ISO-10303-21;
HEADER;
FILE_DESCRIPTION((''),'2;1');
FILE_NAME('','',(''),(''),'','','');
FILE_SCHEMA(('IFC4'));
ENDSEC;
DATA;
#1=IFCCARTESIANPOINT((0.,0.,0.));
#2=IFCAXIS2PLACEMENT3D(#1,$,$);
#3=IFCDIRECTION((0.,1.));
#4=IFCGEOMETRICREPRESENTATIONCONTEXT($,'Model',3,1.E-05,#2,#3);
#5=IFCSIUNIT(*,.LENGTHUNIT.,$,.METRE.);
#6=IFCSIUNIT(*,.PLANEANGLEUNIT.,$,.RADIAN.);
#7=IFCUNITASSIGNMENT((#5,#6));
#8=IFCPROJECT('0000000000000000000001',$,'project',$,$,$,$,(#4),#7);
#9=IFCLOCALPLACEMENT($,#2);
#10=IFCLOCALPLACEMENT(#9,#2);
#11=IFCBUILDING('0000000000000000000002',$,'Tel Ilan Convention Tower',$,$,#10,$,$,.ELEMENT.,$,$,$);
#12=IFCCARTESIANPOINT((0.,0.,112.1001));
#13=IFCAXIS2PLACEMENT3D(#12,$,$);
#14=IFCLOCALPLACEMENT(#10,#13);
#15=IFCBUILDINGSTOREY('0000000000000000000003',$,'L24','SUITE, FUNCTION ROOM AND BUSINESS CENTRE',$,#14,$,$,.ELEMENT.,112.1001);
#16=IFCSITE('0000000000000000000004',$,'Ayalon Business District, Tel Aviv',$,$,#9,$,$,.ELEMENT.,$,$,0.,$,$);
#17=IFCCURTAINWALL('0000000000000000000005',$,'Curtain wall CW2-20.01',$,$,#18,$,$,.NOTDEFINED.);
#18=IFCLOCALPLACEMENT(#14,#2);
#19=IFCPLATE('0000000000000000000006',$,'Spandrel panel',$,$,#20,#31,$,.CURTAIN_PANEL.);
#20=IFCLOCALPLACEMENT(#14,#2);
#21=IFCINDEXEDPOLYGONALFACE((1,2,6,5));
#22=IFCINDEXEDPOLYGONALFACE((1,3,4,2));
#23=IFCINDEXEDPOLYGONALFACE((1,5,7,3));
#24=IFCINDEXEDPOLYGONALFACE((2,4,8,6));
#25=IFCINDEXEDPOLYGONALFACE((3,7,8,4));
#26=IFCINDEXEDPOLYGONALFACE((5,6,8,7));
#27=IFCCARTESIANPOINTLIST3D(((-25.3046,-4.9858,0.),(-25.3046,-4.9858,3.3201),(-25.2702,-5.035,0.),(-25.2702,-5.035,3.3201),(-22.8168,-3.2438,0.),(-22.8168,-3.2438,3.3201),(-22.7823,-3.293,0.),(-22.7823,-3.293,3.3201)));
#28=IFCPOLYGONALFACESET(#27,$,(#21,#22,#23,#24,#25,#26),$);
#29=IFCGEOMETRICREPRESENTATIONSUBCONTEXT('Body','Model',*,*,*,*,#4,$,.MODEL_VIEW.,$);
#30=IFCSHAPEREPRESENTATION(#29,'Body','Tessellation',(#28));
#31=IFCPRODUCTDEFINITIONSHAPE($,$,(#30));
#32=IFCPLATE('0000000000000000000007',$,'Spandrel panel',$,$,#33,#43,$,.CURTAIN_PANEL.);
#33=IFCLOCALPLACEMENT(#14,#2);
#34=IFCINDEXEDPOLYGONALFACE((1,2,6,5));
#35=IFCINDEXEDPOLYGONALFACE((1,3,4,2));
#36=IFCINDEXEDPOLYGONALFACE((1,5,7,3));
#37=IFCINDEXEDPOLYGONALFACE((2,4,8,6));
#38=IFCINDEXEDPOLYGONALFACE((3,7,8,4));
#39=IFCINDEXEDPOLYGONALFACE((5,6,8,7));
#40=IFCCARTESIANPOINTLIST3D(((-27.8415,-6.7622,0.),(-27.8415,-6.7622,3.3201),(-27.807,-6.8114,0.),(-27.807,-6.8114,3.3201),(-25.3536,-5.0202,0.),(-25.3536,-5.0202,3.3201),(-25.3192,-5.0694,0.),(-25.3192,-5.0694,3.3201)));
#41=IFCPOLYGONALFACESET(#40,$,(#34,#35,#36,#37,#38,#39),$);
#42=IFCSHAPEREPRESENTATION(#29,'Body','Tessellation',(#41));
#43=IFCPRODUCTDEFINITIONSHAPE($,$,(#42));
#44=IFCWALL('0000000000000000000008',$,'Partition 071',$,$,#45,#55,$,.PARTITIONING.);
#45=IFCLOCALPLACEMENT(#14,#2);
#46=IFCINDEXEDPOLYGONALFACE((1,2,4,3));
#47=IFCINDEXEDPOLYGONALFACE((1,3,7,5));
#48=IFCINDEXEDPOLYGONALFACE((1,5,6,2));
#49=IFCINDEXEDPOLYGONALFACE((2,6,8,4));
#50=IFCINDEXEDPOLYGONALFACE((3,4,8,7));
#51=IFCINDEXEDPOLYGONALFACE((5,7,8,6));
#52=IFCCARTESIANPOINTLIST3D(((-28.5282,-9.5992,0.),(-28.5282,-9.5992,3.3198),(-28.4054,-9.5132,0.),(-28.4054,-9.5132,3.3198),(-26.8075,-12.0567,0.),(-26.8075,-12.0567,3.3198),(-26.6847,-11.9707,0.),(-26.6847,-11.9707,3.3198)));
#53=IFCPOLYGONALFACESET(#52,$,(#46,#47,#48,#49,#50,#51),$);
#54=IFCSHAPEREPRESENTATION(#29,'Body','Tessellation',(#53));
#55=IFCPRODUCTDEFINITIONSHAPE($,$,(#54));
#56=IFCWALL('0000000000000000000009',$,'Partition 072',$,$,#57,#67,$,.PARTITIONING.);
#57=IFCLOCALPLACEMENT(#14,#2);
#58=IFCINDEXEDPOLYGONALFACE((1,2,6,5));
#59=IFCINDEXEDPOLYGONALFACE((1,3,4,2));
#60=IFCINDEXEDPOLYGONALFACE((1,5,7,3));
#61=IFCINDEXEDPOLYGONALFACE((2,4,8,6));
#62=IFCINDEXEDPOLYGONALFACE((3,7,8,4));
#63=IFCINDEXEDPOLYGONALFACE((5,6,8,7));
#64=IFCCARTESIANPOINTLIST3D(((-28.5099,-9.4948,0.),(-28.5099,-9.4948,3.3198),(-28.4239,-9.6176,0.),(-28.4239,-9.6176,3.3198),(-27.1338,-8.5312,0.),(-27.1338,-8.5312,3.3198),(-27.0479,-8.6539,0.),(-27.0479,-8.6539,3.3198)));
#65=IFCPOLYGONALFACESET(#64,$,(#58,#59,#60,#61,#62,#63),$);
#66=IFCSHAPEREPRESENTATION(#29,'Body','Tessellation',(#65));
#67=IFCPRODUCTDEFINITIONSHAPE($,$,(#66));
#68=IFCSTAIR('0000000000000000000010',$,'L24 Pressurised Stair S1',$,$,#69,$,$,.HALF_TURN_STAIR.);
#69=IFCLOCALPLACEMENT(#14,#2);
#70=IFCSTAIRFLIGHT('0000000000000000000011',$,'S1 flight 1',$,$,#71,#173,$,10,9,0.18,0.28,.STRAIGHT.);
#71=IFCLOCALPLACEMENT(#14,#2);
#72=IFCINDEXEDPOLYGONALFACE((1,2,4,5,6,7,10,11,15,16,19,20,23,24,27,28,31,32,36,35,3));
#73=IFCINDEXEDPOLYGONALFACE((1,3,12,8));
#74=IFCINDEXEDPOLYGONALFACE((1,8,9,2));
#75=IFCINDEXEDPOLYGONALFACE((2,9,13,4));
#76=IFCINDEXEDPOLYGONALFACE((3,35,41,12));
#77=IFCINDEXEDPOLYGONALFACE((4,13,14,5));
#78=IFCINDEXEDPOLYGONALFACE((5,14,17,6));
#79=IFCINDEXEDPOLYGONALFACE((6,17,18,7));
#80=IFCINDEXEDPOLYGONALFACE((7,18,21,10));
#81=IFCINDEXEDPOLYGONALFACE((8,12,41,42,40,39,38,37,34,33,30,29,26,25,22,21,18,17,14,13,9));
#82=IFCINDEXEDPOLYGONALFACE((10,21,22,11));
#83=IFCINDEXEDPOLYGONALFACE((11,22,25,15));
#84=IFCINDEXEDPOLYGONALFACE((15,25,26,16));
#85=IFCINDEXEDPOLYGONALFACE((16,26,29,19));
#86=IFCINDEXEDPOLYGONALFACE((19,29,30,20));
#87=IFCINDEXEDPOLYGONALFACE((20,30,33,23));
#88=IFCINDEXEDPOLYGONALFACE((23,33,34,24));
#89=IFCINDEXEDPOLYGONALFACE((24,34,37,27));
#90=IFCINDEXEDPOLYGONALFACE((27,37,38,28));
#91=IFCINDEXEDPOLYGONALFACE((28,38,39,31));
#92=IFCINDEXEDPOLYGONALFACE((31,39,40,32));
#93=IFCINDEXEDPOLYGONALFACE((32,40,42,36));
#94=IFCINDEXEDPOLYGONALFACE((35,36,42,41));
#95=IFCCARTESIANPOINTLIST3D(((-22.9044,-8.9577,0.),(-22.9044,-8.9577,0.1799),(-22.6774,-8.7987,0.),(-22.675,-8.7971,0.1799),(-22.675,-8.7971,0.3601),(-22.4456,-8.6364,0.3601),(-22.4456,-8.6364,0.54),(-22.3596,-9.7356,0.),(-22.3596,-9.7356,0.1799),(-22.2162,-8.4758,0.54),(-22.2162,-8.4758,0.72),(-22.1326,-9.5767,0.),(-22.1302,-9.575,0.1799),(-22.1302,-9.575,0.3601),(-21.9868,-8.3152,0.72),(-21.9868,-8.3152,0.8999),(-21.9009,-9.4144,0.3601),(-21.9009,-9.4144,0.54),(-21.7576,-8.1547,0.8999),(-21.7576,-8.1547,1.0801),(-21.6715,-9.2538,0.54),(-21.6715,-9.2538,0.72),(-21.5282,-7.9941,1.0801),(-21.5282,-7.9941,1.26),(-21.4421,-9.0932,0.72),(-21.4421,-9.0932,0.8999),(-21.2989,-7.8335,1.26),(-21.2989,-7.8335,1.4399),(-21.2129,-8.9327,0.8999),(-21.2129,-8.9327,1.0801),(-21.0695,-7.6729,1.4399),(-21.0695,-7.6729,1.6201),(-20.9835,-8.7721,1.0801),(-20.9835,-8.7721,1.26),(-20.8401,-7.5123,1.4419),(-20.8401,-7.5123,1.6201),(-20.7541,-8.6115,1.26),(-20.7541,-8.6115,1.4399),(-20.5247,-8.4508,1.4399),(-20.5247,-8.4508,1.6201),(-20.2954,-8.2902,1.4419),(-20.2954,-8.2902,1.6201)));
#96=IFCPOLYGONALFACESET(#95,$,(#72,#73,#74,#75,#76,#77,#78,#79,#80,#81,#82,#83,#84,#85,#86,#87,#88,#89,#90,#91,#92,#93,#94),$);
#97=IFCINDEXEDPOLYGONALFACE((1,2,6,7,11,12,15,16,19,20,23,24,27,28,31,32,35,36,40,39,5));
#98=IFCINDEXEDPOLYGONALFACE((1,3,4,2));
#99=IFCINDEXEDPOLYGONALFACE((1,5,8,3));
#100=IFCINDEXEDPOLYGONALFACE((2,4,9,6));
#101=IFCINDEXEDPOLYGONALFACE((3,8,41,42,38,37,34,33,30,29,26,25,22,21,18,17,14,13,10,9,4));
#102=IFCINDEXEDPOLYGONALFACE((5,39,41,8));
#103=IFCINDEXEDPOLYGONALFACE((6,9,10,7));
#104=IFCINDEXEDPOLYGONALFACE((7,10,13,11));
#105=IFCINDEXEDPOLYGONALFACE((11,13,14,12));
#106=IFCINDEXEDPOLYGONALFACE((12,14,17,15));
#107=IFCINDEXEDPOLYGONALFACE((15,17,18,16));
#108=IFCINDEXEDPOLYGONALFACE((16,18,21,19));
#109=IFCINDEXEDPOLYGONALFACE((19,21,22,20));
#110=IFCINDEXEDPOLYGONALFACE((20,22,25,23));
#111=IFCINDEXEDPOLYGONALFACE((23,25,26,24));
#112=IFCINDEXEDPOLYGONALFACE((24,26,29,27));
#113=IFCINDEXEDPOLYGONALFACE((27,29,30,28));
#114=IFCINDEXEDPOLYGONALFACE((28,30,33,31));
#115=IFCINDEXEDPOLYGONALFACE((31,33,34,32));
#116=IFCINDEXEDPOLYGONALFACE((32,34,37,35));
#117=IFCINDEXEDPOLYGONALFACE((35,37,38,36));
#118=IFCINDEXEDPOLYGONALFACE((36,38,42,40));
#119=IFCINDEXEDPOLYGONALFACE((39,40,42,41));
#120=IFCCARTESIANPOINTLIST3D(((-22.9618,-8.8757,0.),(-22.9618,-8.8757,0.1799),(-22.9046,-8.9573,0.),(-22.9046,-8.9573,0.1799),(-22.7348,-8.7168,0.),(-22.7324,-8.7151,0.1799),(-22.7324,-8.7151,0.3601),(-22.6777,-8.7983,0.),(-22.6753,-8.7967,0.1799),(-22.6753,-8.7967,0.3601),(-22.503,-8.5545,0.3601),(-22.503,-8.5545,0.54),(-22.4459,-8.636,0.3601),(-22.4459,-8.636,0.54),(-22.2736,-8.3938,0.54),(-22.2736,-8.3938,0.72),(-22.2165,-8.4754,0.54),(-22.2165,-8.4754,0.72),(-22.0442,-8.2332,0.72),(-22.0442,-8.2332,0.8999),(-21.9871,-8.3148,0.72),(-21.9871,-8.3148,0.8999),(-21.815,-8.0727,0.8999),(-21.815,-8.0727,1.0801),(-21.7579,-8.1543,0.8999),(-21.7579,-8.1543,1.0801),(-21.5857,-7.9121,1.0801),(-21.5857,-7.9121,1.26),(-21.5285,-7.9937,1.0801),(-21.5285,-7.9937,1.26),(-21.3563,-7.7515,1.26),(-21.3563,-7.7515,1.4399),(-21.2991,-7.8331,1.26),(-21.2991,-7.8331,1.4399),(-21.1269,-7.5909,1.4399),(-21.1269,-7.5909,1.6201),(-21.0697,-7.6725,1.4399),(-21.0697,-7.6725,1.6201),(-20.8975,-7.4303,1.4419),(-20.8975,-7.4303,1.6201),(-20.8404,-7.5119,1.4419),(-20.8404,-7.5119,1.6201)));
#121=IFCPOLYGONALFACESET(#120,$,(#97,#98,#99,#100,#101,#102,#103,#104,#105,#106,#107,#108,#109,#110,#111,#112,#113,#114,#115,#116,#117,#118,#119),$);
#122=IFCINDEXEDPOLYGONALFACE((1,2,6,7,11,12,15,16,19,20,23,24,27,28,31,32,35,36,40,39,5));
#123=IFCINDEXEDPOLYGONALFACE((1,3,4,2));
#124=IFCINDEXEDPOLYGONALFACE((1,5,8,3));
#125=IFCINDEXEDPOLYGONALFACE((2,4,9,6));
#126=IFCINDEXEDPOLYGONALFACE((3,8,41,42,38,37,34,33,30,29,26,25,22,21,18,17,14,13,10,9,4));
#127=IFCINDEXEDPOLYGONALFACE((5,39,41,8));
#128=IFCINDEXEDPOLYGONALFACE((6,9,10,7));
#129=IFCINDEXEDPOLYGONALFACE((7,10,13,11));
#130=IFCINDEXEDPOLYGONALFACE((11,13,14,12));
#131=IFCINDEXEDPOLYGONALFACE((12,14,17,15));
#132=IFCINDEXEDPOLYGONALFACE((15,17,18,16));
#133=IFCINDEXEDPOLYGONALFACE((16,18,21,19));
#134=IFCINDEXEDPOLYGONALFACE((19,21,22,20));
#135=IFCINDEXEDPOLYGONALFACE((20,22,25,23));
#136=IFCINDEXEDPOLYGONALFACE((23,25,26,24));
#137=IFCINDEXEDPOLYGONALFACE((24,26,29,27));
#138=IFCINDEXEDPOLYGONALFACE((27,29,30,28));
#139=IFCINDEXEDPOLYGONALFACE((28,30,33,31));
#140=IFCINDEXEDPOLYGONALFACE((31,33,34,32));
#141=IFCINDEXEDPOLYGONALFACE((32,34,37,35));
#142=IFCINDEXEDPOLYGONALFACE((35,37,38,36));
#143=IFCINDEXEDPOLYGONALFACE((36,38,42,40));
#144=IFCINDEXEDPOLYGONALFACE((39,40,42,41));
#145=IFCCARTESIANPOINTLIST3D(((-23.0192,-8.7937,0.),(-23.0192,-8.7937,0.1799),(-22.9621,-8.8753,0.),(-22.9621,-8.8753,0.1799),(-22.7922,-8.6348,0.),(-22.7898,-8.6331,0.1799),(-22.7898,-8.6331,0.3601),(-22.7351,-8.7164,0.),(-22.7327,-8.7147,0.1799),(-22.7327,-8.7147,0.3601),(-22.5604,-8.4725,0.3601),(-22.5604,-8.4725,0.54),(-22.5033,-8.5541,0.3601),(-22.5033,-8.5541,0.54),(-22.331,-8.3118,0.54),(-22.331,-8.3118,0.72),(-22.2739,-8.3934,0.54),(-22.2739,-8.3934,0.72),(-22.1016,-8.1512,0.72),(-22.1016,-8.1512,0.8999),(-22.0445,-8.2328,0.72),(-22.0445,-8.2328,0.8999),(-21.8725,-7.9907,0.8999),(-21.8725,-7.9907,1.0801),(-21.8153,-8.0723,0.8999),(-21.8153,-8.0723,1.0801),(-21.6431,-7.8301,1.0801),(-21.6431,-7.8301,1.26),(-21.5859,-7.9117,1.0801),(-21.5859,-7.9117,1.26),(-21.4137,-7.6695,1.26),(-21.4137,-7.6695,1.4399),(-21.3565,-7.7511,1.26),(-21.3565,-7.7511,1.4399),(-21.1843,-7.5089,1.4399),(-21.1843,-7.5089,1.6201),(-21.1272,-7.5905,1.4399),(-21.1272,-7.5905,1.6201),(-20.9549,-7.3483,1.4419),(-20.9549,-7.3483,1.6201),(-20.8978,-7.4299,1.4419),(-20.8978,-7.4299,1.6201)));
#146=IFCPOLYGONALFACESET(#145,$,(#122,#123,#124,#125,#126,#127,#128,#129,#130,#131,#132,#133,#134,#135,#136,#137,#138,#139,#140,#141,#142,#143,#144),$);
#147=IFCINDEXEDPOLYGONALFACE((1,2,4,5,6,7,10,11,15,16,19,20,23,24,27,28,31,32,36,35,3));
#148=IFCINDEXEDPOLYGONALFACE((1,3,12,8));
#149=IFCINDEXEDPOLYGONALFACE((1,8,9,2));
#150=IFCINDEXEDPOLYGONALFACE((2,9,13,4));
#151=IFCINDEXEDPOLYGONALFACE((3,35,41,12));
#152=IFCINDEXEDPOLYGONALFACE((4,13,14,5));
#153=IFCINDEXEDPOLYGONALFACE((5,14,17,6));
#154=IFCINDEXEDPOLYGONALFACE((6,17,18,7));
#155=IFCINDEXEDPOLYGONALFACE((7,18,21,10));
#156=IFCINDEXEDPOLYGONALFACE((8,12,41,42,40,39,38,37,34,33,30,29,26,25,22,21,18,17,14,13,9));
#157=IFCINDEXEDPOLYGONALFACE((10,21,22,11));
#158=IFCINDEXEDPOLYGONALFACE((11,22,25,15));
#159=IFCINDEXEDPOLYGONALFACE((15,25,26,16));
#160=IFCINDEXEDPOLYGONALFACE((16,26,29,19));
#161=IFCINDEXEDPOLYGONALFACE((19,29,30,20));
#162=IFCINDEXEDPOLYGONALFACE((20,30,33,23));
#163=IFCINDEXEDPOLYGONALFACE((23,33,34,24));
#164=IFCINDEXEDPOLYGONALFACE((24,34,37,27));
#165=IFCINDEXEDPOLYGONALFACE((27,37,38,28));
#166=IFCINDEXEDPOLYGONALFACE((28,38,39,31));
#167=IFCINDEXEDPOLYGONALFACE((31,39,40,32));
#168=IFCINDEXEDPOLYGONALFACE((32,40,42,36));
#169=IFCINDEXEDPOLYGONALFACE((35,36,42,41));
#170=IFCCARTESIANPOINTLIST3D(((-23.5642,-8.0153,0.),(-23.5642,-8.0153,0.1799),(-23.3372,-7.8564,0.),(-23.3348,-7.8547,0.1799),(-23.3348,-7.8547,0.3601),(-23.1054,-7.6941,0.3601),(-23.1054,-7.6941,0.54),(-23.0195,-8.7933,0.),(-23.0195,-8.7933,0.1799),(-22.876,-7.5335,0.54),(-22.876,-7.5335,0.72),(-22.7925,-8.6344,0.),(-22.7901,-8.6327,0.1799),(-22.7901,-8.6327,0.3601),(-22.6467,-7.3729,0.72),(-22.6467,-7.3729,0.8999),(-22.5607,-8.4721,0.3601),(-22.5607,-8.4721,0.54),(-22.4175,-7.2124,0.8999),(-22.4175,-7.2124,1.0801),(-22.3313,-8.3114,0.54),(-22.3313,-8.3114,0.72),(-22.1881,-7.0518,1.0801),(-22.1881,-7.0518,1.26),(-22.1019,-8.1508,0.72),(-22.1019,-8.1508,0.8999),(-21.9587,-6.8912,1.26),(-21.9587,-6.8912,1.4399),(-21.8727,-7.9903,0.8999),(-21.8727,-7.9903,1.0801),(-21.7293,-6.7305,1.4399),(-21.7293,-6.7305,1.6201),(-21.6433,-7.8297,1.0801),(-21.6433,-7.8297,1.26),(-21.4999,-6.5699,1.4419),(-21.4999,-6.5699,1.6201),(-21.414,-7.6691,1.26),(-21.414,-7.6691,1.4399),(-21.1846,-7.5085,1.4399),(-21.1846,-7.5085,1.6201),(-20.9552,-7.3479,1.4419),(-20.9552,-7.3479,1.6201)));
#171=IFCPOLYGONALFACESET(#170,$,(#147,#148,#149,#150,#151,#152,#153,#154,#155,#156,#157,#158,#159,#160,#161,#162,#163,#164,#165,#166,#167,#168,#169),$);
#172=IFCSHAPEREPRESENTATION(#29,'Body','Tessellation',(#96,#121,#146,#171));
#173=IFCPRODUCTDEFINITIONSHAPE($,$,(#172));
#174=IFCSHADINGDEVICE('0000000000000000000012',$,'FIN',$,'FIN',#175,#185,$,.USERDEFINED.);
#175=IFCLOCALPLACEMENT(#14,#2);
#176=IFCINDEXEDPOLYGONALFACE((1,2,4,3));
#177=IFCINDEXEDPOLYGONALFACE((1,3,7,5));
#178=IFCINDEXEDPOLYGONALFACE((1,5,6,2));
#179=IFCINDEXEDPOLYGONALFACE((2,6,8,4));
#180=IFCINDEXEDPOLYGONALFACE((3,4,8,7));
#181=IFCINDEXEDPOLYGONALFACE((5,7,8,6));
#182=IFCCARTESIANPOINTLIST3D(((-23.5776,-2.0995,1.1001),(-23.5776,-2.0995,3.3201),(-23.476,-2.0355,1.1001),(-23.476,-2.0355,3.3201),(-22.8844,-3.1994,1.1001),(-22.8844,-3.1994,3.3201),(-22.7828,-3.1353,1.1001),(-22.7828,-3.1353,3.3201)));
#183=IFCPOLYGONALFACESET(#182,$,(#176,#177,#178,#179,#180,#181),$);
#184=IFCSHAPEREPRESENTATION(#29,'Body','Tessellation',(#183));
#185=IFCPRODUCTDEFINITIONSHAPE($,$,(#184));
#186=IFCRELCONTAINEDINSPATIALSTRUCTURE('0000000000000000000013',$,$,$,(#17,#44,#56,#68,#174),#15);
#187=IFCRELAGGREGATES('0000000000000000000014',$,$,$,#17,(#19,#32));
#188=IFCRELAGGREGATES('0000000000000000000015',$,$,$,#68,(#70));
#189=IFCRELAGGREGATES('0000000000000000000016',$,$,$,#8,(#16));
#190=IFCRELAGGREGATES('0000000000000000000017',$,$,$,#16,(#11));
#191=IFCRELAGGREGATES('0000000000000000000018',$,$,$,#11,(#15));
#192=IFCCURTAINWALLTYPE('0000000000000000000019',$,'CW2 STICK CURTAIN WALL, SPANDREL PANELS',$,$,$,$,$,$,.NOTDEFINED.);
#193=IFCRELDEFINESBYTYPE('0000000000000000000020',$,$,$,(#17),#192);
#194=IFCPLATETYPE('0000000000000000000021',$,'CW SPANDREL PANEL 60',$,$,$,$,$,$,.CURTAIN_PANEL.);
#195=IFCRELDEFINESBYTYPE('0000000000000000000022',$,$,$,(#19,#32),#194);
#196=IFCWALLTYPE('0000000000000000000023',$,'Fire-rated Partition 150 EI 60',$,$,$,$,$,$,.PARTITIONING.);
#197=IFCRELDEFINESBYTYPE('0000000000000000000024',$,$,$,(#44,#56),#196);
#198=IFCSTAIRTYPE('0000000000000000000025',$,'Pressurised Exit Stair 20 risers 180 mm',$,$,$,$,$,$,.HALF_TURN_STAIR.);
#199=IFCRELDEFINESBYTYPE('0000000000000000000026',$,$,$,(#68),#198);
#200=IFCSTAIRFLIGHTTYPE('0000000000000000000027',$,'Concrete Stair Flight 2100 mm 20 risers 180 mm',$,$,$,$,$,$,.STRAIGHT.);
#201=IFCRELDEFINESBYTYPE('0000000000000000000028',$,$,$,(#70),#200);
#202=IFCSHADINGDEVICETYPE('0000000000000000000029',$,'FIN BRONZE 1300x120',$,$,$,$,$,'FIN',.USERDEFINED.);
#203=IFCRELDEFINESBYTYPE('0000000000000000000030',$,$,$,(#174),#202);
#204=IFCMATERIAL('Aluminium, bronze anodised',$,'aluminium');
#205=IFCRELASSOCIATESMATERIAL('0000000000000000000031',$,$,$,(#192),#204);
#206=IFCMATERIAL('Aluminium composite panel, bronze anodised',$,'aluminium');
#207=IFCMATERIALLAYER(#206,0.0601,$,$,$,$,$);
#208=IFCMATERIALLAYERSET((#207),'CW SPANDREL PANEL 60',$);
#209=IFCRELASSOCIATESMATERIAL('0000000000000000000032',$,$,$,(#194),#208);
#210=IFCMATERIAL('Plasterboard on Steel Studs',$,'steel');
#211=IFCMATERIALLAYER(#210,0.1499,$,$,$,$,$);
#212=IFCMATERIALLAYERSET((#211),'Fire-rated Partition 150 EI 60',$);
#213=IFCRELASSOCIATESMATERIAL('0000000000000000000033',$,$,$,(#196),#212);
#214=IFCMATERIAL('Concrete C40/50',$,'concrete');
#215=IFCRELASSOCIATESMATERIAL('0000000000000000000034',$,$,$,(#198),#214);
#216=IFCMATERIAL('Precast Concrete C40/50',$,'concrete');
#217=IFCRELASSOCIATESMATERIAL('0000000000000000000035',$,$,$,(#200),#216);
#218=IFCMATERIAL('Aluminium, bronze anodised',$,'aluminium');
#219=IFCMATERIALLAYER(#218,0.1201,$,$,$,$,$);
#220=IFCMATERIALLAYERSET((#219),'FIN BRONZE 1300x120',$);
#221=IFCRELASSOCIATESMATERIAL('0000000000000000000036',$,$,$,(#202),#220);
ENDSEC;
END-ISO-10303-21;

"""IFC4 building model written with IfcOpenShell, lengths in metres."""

from ifc_helpers import new_model, si_unit, direction, frame, frame_2d, origin, origin_2d, place, context, subcontext, project, spatial, polyline, rectangle, outline, extrude, material, layer, layer_set, type_object, element, aggregate, save


model = new_model("IFC4")

# Units and contexts
model_context = context("Model", 3, precision=1e-05, world=origin(), true_north=direction((0.0, 1.0)))
body_context = subcontext(model_context, "Body", "Model", "MODEL_VIEW")
ifc_project = project(units=[si_unit("LENGTHUNIT", "METRE"), si_unit("PLANEANGLEUNIT", "RADIAN")], contexts=[model_context])

# Site, building, storey
site_placement = place(None, origin())
site = spatial("IfcSite", under=ifc_project, at=site_placement, Name="Ayalon Business District, Tel Aviv", CompositionType="ELEMENT", RefElevation=0.0)
building_placement = place(site_placement, origin())
building = spatial("IfcBuilding", under=site, at=building_placement, Name="Tel Ilan Convention Tower", CompositionType="ELEMENT")
storey_placement = place(building_placement, frame((0.0, 0.0, 112.1001)))
storey = spatial("IfcBuildingStorey", under=building, at=storey_placement, Name="L24", Description="SUITE, FUNCTION ROOM AND BUSINESS CENTRE", CompositionType="ELEMENT", Elevation=112.1001)

# Curtain wall
ifc_material_1 = material(Name="Aluminium, bronze anodised", Category="aluminium")
curtain_wall_type_1 = type_object("IfcCurtainWallType", Name="CW2 STICK CURTAIN WALL, SPANDREL PANELS", PredefinedType="NOTDEFINED", material=ifc_material_1)
curtain_wall_1_placement = place(storey_placement, origin())
curtain_wall_1 = element("IfcCurtainWall", 1, at=curtain_wall_1_placement, inside=storey, type_object=curtain_wall_type_1, Name="Curtain wall CW2-20.01", PredefinedType="NOTDEFINED")

# Plates
ifc_material_2 = material(Name="Aluminium composite panel, bronze anodised", Category="aluminium")
ifc_layer_1 = layer(ifc_material_2, 0.0601)
ifc_layer_set_1 = layer_set([ifc_layer_1], Name="CW SPANDREL PANEL 60")
plate_type_1 = type_object("IfcPlateType", Name="CW SPANDREL PANEL 60", PredefinedType="CURTAIN_PANEL", material=ifc_layer_set_1)
plate_1_placement = place(storey_placement, frame((-24.0435, -4.1394, 0.0), z_axis=(0.0, 0.0, 1.0), x_axis=(-0.819152, -0.573576, 0.0)))
plate_1 = element("IfcPlate", 2, at=plate_1_placement, type_object=plate_type_1, Name="Spandrel panel", PredefinedType="CURTAIN_PANEL", context=body_context, shape_type="SweptSolid", body=[
    extrude(rectangle(XDim=3.0371, YDim=0.0601, at=origin_2d()), origin(), (0.0, 0.0, 1.0), 3.3201),
])
plate_2_placement = place(storey_placement, frame((-26.5803, -5.9158, 0.0), z_axis=(0.0, 0.0, 1.0), x_axis=(-0.819152, -0.573576, 0.0)))
plate_2 = element("IfcPlate", 3, at=plate_2_placement, type_object=plate_type_1, Name="Spandrel panel", PredefinedType="CURTAIN_PANEL", context=body_context, shape_type="SweptSolid", body=[
    extrude(rectangle(XDim=3.0371, YDim=0.0601, at=origin_2d()), origin(), (0.0, 0.0, 1.0), 3.3201),
])
aggregate(curtain_wall_1, [plate_1, plate_2])

# Walls
ifc_material_3 = material(Name="Plasterboard on Steel Studs", Category="steel")
ifc_layer_2 = layer(ifc_material_3, 0.1499)
ifc_layer_set_2 = layer_set([ifc_layer_2], Name="Fire-rated Partition 150 EI 60")
wall_type = type_object("IfcWallType", Name="Fire-rated Partition 150 EI 60", PredefinedType="PARTITIONING", material=ifc_layer_set_2)
wall_1_placement = place(storey_placement, frame((-26.7461, -12.0137, 0.0), z_axis=(0.0, 0.0, 1.0), x_axis=(-0.573561, 0.819163, 0.0)))
element("IfcWall", 4, at=wall_1_placement, inside=storey, type_object=wall_type, Name="Partition 071", PredefinedType="PARTITIONING", context=body_context, shape_type="SweptSolid", body=[
    extrude(rectangle(XDim=3.0, YDim=0.1499, at=frame_2d((1.5, 0.0))), origin(), (0.0, 0.0, 1.0), 3.3198),
])
wall_2_placement = place(storey_placement, frame((-28.4668, -9.5562, 0.0), z_axis=(0.0, 0.0, 1.0), x_axis=(0.819109, 0.573638, 0.0)))
element("IfcWall", 5, at=wall_2_placement, inside=storey, type_object=wall_type, Name="Partition 072", PredefinedType="PARTITIONING", context=body_context, shape_type="SweptSolid", body=[
    extrude(rectangle(XDim=1.6799, YDim=0.1499, at=frame_2d((0.8398, 0.0))), origin(), (0.0, 0.0, 1.0), 3.3198),
])

# Stair, stair flight
ifc_material_4 = material(Name="Concrete C40/50", Category="concrete")
stair_type = type_object("IfcStairType", Name="Pressurised Exit Stair 20 risers 180 mm", PredefinedType="HALF_TURN_STAIR", material=ifc_material_4)
stair_placement = place(storey_placement, origin())
stair = element("IfcStair", 6, at=stair_placement, inside=storey, type_object=stair_type, Name="L24 Pressurised Stair S1", PredefinedType="HALF_TURN_STAIR")
ifc_material_5 = material(Name="Precast Concrete C40/50", Category="concrete")
stair_flight_type = type_object("IfcStairFlightType", Name="Concrete Stair Flight 2100 mm 20 risers 180 mm", PredefinedType="STRAIGHT", material=ifc_material_5)
stair_flight_placement = place(storey_placement, frame((-22.9619, -8.8755, 0.0), z_axis=(0.0, 0.0, 1.0), x_axis=(0.819152, 0.573576, 0.0)))
stair_flight = element("IfcStairFlight", 7, at=stair_flight_placement, type_object=stair_flight_type, Name="S1 flight 1", NumberOfRisers=10, NumberOfTreads=9, PredefinedType="STRAIGHT", RiserHeight=0.18, TreadLength=0.28, context=body_context, shape_type="SweptSolid", body=[
    extrude(outline(polyline([(0.0, 0.0), (0.0, 0.1799), (0.28, 0.1799), (0.28, 0.3601), (0.5601, 0.3601), (0.5601, 0.54), (0.8401, 0.54), (0.8401, 0.72), (1.1201, 0.72), (1.1201, 0.8999), (1.3999, 0.8999), (1.3999, 1.0801), (1.6799, 1.0801), (1.6799, 1.26), (1.96, 1.26), (1.96, 1.4399), (2.24, 1.4399), (2.24, 1.6201), (2.52, 1.6201), (2.52, 1.8), (2.52, 1.4419), (0.2771, 0.0), (0.0, 0.0)])), frame((0.0, -0.1003, 0.0), z_axis=(0.0, -1.0, 0.0), x_axis=(1.0, 0.0, 0.0)), (0.0, 0.0, 1.0), 0.9497),
    extrude(outline(polyline([(0.0, 0.0), (0.0, 0.1799), (0.28, 0.1799), (0.28, 0.3601), (0.5601, 0.3601), (0.5601, 0.54), (0.8401, 0.54), (0.8401, 0.72), (1.1201, 0.72), (1.1201, 0.8999), (1.3999, 0.8999), (1.3999, 1.0801), (1.6799, 1.0801), (1.6799, 1.26), (1.96, 1.26), (1.96, 1.4399), (2.24, 1.4399), (2.24, 1.6201), (2.52, 1.6201), (2.52, 1.8), (2.52, 1.4419), (0.2771, 0.0), (0.0, 0.0)])), frame((0.0, -0.0002, 0.0), z_axis=(0.0, -1.0, 0.0), x_axis=(1.0, 0.0, 0.0)), (0.0, 0.0, 1.0), 0.0996),
    extrude(outline(polyline([(0.0, 0.0), (0.0, 0.1799), (0.28, 0.1799), (0.28, 0.3601), (0.5601, 0.3601), (0.5601, 0.54), (0.8401, 0.54), (0.8401, 0.72), (1.1201, 0.72), (1.1201, 0.8999), (1.3999, 0.8999), (1.3999, 1.0801), (1.6799, 1.0801), (1.6799, 1.26), (1.96, 1.26), (1.96, 1.4399), (2.24, 1.4399), (2.24, 1.6201), (2.52, 1.6201), (2.52, 1.8), (2.52, 1.4419), (0.2771, 0.0), (0.0, 0.0)])), frame((0.0, 0.0999, 0.0), z_axis=(0.0, -1.0, 0.0), x_axis=(1.0, 0.0, 0.0)), (0.0, 0.0, 1.0), 0.0996),
    extrude(outline(polyline([(0.0, 0.0), (0.0, 0.1799), (0.28, 0.1799), (0.28, 0.3601), (0.5601, 0.3601), (0.5601, 0.54), (0.8401, 0.54), (0.8401, 0.72), (1.1201, 0.72), (1.1201, 0.8999), (1.3999, 0.8999), (1.3999, 1.0801), (1.6799, 1.0801), (1.6799, 1.26), (1.96, 1.26), (1.96, 1.4399), (2.24, 1.4399), (2.24, 1.6201), (2.52, 1.6201), (2.52, 1.8), (2.52, 1.4419), (0.2771, 0.0), (0.0, 0.0)])), frame((0.0, 1.05, 0.0), z_axis=(0.0, -1.0, 0.0), x_axis=(1.0, 0.0, 0.0)), (0.0, 0.0, 1.0), 0.9497),
])
aggregate(stair, [stair_flight])

# Shading device
ifc_material_6 = material(Name="Aluminium, bronze anodised", Category="aluminium")
ifc_layer_3 = layer(ifc_material_6, 0.1201)
ifc_layer_set_3 = layer_set([ifc_layer_3], Name="FIN BRONZE 1300x120")
shading_device_type = type_object("IfcShadingDeviceType", Name="FIN BRONZE 1300x120", ElementType="FIN", PredefinedType="USERDEFINED", material=ifc_layer_set_3)
for number, where, z_axis, x_axis, name in (
    (8, (-23.1802, -2.6174, 1.1001), (0.0, 0.0, 1.0), (-0.533204, 0.845986, 0.0), "FIN"),
):
    element("IfcShadingDevice", number, at=place(storey_placement, frame(where, z_axis=z_axis, x_axis=x_axis)), inside=storey, type_object=shading_device_type, Name=name, ObjectType="FIN", PredefinedType="USERDEFINED", context=body_context, shape_type="SweptSolid", body=[
        extrude(rectangle(XDim=1.3, YDim=0.1201, at=origin_2d()), origin(), (0.0, 0.0, 1.0), 2.22),
    ])

save(model, "model.ifc")
